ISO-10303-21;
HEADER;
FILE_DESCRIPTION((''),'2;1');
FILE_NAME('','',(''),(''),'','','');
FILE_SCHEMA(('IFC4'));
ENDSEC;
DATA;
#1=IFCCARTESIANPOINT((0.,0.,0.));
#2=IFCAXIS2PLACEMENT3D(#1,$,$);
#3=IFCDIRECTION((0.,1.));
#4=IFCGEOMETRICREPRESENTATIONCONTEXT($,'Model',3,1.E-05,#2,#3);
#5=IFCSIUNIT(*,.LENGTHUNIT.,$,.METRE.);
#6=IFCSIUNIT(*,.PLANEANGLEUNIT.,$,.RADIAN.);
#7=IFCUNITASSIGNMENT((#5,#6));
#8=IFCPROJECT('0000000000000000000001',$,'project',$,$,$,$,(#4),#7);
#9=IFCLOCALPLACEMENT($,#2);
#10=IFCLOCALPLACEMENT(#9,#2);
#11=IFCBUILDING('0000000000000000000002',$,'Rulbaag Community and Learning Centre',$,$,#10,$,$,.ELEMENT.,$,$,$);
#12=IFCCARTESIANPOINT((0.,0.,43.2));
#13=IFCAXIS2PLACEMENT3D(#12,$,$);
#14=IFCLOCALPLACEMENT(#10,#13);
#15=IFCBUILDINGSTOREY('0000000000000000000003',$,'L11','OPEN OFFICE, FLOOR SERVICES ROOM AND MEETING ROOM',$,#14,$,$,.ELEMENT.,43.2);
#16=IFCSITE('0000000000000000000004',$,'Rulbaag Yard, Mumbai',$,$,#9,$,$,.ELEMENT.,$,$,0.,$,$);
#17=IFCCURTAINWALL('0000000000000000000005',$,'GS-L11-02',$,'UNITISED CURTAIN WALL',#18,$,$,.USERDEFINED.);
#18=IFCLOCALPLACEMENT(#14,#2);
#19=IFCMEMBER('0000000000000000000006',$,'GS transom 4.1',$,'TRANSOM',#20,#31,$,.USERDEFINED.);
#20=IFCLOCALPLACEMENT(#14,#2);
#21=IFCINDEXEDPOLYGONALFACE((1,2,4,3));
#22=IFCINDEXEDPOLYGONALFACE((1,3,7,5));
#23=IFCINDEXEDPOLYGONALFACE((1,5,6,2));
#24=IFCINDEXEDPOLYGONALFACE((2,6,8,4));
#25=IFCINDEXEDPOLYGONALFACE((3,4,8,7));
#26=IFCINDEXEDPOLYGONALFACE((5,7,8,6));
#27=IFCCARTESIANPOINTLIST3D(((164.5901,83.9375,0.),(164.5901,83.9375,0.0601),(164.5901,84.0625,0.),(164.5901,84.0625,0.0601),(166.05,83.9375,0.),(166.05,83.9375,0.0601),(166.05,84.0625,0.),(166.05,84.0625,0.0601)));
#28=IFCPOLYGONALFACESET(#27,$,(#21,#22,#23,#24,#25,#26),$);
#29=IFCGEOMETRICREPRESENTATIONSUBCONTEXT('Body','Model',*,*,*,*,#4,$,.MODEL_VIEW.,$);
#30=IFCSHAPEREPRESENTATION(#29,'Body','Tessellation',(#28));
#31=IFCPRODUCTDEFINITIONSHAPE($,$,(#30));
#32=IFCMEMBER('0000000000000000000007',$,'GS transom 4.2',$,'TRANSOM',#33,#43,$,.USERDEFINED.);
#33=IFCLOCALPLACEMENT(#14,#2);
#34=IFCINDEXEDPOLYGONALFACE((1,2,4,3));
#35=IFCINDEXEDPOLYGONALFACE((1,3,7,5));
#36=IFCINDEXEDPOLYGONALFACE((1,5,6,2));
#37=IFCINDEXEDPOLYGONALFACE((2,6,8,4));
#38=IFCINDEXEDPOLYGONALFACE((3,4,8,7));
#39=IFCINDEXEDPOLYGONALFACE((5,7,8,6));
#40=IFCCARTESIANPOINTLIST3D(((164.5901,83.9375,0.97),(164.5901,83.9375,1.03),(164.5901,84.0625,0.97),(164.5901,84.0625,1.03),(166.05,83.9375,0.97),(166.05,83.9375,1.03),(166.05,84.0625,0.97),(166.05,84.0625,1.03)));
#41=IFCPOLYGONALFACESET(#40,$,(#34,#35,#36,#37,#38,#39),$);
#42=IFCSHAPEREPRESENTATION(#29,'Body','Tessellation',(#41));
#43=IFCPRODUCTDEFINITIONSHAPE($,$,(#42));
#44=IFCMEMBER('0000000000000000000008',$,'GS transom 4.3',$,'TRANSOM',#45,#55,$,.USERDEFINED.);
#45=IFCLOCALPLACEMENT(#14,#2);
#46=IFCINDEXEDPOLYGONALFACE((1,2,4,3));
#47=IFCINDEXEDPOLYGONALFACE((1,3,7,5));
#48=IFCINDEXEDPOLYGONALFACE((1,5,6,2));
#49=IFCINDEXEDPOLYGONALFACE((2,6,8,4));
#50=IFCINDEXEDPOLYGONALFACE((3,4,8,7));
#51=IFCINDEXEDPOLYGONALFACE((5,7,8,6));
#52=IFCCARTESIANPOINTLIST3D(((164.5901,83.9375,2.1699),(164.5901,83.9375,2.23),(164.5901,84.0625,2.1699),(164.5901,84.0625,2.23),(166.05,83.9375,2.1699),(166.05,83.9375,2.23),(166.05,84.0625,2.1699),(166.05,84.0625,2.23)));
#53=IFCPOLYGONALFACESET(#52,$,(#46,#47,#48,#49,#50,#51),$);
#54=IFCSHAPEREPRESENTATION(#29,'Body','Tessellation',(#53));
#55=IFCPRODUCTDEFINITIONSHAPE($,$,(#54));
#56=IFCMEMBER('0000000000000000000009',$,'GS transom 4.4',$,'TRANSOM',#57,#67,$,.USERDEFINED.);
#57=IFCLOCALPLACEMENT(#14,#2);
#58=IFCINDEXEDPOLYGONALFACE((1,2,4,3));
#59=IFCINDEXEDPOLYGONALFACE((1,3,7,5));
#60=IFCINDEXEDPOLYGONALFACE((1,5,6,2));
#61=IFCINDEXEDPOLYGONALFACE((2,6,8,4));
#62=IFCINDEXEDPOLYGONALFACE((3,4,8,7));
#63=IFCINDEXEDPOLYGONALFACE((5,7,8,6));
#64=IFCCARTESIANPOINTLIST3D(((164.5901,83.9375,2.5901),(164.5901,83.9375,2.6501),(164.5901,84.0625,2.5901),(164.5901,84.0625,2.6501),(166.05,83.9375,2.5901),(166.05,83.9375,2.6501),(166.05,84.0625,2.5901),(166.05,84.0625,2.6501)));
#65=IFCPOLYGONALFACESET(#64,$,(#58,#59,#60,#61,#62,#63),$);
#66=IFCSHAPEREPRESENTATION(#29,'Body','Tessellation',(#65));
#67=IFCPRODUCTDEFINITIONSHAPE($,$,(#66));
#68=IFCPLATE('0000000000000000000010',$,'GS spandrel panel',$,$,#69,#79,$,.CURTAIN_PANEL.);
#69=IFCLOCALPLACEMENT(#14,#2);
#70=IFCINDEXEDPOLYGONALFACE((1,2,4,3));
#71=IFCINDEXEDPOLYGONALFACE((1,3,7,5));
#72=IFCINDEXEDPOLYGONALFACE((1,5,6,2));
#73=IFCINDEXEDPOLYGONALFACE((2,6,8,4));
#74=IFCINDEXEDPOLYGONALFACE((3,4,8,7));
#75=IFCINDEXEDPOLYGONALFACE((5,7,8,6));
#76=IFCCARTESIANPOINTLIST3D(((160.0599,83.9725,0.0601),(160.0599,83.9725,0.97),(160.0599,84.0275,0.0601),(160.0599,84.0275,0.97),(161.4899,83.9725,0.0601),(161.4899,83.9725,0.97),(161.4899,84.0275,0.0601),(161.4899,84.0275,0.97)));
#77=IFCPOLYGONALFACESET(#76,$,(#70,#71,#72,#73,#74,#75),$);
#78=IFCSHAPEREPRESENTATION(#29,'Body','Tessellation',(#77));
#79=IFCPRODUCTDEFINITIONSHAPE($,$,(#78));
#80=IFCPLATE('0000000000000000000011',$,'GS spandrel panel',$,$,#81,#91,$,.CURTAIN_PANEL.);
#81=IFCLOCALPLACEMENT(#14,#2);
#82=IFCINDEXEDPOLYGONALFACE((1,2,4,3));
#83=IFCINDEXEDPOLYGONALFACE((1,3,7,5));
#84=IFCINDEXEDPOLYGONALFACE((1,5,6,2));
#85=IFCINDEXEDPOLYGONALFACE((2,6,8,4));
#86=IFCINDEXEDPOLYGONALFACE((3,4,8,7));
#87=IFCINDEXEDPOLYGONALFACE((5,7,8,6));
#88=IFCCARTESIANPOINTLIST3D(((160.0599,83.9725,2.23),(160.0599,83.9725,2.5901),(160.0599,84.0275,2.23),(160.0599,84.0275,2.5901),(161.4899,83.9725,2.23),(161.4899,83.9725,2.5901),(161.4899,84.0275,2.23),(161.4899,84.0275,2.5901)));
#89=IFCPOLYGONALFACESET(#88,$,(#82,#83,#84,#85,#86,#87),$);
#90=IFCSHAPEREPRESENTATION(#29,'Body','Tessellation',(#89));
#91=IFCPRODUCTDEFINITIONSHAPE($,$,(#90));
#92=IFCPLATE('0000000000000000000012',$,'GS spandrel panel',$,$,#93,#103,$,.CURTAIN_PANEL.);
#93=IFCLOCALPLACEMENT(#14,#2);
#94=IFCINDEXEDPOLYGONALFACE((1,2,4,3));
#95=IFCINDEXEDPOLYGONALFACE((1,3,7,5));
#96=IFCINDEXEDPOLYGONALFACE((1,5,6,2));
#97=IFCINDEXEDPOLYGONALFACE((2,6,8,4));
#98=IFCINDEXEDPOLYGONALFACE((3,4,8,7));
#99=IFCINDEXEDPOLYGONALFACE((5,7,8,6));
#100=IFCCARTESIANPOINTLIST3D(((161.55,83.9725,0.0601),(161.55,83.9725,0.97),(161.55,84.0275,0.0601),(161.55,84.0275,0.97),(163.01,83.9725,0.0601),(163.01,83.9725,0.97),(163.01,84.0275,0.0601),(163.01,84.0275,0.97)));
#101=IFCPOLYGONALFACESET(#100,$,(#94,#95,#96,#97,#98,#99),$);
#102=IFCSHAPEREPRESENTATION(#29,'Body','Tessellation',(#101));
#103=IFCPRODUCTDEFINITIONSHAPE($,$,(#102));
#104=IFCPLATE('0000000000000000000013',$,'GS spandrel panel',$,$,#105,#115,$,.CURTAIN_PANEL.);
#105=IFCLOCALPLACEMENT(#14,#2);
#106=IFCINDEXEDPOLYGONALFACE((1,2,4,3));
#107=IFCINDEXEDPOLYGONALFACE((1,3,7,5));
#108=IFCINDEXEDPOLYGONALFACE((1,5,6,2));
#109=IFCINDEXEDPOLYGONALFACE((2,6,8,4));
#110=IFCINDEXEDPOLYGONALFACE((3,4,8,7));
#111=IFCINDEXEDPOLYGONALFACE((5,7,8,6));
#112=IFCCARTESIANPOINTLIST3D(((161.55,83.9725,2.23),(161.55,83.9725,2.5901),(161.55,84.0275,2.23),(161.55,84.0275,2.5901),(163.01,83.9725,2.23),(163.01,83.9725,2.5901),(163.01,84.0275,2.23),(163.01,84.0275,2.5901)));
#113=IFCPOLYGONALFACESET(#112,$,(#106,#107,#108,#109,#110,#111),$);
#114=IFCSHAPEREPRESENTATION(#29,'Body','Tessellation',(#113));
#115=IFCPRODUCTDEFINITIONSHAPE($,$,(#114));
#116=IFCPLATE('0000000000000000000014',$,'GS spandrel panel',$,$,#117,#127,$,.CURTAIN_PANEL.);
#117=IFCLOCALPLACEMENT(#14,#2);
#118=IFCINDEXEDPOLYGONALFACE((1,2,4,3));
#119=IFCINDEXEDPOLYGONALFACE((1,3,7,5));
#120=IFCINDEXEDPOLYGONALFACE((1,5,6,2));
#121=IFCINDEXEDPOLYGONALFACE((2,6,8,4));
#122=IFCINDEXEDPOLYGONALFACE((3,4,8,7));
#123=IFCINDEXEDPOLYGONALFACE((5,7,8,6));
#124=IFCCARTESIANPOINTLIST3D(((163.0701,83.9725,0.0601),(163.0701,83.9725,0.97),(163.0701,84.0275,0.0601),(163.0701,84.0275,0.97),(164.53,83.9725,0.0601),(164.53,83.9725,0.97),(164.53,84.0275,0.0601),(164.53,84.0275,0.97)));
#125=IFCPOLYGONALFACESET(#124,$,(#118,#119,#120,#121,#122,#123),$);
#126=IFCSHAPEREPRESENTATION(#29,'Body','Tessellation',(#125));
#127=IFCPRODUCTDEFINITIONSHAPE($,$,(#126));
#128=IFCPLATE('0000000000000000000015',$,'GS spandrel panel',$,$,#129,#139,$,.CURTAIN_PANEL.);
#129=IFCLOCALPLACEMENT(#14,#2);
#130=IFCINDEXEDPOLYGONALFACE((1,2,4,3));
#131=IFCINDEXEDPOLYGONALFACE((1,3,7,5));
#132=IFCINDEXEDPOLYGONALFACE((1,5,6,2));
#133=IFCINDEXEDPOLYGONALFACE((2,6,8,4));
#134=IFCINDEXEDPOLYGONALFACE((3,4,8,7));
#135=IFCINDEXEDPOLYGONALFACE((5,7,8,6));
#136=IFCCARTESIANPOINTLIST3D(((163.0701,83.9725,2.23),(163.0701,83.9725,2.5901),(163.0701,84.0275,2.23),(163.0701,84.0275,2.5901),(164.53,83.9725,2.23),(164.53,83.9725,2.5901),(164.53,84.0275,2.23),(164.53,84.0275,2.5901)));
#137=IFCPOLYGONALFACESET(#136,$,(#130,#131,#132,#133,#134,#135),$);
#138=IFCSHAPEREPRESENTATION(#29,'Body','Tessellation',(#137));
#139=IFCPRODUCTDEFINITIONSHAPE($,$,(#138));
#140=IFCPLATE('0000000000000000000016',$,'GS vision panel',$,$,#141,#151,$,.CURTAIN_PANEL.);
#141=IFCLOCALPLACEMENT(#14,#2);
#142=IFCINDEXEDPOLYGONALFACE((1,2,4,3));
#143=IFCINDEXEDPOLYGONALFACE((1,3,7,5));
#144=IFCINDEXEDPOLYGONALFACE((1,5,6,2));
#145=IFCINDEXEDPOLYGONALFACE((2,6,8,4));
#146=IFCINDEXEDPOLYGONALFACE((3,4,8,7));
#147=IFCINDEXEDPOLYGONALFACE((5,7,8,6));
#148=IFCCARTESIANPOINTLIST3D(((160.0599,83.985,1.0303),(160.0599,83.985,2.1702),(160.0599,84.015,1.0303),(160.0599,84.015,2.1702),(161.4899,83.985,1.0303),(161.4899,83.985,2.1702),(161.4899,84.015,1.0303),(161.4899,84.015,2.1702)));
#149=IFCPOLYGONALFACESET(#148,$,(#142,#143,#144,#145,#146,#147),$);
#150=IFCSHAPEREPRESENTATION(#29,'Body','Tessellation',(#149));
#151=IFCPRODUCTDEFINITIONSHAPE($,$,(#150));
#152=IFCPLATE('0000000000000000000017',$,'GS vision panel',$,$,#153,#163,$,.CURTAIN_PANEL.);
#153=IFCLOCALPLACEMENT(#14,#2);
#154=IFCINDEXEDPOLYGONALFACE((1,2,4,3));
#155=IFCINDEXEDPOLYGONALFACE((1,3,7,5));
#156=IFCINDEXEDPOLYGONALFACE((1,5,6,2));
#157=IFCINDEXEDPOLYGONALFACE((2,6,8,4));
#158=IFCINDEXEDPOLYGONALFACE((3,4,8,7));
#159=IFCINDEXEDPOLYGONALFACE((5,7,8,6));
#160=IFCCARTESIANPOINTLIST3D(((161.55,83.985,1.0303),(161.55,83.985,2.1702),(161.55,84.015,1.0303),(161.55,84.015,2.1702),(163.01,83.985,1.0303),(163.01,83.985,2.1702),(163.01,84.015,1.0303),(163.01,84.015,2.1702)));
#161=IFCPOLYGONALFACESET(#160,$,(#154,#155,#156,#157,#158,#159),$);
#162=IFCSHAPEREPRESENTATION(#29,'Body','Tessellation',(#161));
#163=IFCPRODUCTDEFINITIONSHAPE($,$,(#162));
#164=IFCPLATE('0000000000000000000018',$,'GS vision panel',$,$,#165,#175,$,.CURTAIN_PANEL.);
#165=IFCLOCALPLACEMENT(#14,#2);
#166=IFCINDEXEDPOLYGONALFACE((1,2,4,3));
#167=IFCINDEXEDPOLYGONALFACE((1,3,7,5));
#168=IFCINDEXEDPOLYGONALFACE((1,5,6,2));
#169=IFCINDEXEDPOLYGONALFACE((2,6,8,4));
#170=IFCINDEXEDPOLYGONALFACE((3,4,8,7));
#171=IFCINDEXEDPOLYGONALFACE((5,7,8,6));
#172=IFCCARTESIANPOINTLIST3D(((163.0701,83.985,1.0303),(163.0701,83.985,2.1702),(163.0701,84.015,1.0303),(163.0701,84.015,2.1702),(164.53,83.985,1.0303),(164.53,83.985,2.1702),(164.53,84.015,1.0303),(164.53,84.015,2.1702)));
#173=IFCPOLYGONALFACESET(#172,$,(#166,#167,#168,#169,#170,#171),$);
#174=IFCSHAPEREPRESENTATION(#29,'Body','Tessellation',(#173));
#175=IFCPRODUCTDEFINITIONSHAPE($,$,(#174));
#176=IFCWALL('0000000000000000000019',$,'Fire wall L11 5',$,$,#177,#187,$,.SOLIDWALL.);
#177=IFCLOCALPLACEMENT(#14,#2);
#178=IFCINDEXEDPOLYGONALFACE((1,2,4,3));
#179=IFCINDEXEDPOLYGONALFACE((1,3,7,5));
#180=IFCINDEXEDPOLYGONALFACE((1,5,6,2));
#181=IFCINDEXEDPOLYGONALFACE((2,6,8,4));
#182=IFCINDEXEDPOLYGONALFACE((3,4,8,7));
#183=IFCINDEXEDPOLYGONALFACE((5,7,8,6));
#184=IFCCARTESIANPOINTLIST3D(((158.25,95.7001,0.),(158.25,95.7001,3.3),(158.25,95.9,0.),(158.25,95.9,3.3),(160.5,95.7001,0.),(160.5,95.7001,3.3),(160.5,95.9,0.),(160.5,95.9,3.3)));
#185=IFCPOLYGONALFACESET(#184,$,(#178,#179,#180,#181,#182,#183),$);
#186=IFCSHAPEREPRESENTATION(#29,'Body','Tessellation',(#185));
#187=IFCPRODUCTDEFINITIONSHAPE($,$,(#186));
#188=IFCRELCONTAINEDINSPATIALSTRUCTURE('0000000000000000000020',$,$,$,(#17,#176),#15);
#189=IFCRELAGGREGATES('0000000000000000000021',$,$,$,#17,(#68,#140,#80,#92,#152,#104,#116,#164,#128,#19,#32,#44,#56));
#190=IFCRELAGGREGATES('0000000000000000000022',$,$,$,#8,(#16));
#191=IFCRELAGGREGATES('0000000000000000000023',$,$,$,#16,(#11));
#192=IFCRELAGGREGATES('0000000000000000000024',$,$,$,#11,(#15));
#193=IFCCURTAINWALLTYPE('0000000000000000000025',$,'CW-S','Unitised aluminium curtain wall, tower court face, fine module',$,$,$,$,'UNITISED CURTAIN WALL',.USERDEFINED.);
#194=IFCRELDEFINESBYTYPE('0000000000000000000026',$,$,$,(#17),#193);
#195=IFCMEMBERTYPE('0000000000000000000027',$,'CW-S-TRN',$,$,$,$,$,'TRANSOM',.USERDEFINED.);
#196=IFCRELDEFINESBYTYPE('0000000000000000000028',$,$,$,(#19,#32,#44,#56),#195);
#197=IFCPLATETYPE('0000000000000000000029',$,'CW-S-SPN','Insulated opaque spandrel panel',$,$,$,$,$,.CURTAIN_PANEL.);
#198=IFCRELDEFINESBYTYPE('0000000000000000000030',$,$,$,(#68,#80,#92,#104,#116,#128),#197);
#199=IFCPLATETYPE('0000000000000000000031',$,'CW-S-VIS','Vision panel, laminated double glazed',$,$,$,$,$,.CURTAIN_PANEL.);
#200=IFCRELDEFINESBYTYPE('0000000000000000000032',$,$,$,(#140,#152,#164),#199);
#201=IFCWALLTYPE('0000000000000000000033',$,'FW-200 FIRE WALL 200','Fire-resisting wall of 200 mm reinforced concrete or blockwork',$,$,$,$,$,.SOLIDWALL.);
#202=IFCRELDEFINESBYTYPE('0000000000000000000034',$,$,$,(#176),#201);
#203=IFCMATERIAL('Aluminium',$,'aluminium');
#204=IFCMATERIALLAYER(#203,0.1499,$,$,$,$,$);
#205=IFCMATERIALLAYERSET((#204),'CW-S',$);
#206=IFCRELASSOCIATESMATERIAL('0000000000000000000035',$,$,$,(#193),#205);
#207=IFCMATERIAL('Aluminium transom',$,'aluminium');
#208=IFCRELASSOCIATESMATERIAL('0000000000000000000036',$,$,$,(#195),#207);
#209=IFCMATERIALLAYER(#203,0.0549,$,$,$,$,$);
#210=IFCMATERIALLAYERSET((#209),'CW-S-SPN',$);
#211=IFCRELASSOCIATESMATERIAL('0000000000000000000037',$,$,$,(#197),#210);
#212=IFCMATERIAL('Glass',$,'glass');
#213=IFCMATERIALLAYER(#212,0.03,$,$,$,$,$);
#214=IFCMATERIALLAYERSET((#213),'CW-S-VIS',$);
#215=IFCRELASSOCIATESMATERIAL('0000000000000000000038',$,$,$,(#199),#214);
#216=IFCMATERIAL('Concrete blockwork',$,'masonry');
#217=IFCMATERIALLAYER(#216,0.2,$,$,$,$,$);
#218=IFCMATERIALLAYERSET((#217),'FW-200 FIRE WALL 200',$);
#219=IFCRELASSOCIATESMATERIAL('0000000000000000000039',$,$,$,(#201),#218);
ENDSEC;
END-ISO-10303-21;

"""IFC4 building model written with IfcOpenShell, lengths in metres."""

from ifc_helpers import new_model, si_unit, direction, frame, frame_2d, origin, origin_2d, place, context, subcontext, project, spatial, rectangle, extrude, material, layer, layer_set, material_profile, profile_set, type_object, element, aggregate, save


model = new_model("IFC4")

# Units and contexts
model_context = context("Model", 3, precision=1e-05, world=origin(), true_north=direction((0.0, 1.0)))
body_context = subcontext(model_context, "Body", "Model", "MODEL_VIEW")
ifc_project = project(units=[si_unit("LENGTHUNIT", "METRE"), si_unit("PLANEANGLEUNIT", "RADIAN")], contexts=[model_context])

# Site, building, storey
site_placement = place(None, origin())
site = spatial("IfcSite", under=ifc_project, at=site_placement, Name="Rulbaag Yard, Mumbai", CompositionType="ELEMENT", RefElevation=0.0)
building_placement = place(site_placement, origin())
building = spatial("IfcBuilding", under=site, at=building_placement, Name="Rulbaag Community and Learning Centre", CompositionType="ELEMENT")
storey_placement = place(building_placement, frame((0.0, 0.0, 43.2)))
storey = spatial("IfcBuildingStorey", under=building, at=storey_placement, Name="L11", Description="OPEN OFFICE, FLOOR SERVICES ROOM AND MEETING ROOM", CompositionType="ELEMENT", Elevation=43.2)

# Curtain wall, members, plates
ifc_material_1 = material(Name="Aluminium", Category="aluminium")
ifc_layer_1 = layer(ifc_material_1, 0.1499)
ifc_layer_set_1 = layer_set([ifc_layer_1], Name="CW-S")
curtain_wall_type = type_object("IfcCurtainWallType", Name="CW-S", Description="Unitised aluminium curtain wall, tower court face, fine module", ElementType="UNITISED CURTAIN WALL", PredefinedType="USERDEFINED", material=ifc_layer_set_1)
curtain_wall_placement = place(storey_placement, origin())
curtain_wall = element("IfcCurtainWall", 1, at=curtain_wall_placement, inside=storey, type_object=curtain_wall_type, Name="GS-L11-02", ObjectType="UNITISED CURTAIN WALL", PredefinedType="USERDEFINED")
ifc_material_2 = material(Name="Aluminium transom", Category="aluminium")
ifc_material_profile_1 = material_profile(ifc_material_2, rectangle(XDim=0.125, YDim=0.0601, at=origin_2d()), Name="AL 60x125 T")
ifc_profile_set_1 = profile_set([ifc_material_profile_1], Name="Aluminium transom")
member_type_1 = type_object("IfcMemberType", Name="CW-S-TRN", ElementType="TRANSOM", PredefinedType="USERDEFINED", material=ifc_profile_set_1)
member_1_placement = place(storey_placement, frame((164.5901, 84.0, 0.03), z_axis=(1.0, 0.0, 0.0), x_axis=(0.0, 1.0, 0.0)))
member_1 = element("IfcMember", 2, at=member_1_placement, type_object=member_type_1, Name="GS transom 4.1", ObjectType="TRANSOM", PredefinedType="USERDEFINED", context=body_context, shape_type="SweptSolid", body=[
    extrude(rectangle(XDim=0.125, YDim=0.0601, at=origin_2d()), origin(), (0.0, 0.0, 1.0), 1.46),
])
member_2_placement = place(storey_placement, frame((164.5901, 84.0, 1.0), z_axis=(1.0, 0.0, 0.0), x_axis=(0.0, 1.0, 0.0)))
member_2 = element("IfcMember", 3, at=member_2_placement, type_object=member_type_1, Name="GS transom 4.2", ObjectType="TRANSOM", PredefinedType="USERDEFINED", context=body_context, shape_type="SweptSolid", body=[
    extrude(rectangle(XDim=0.125, YDim=0.0601, at=origin_2d()), origin(), (0.0, 0.0, 1.0), 1.46),
])
member_3_placement = place(storey_placement, frame((164.5901, 84.0, 2.2), z_axis=(1.0, 0.0, 0.0), x_axis=(0.0, 1.0, 0.0)))
member_3 = element("IfcMember", 4, at=member_3_placement, type_object=member_type_1, Name="GS transom 4.3", ObjectType="TRANSOM", PredefinedType="USERDEFINED", context=body_context, shape_type="SweptSolid", body=[
    extrude(rectangle(XDim=0.125, YDim=0.0601, at=origin_2d()), origin(), (0.0, 0.0, 1.0), 1.46),
])
member_4_placement = place(storey_placement, frame((164.5901, 84.0, 2.6201), z_axis=(1.0, 0.0, 0.0), x_axis=(0.0, 1.0, 0.0)))
member_4 = element("IfcMember", 5, at=member_4_placement, type_object=member_type_1, Name="GS transom 4.4", ObjectType="TRANSOM", PredefinedType="USERDEFINED", context=body_context, shape_type="SweptSolid", body=[
    extrude(rectangle(XDim=0.125, YDim=0.0601, at=origin_2d()), origin(), (0.0, 0.0, 1.0), 1.46),
])
ifc_layer_2 = layer(ifc_material_1, 0.0549)
ifc_layer_set_2 = layer_set([ifc_layer_2], Name="CW-S-SPN")
plate_type_1 = type_object("IfcPlateType", Name="CW-S-SPN", Description="Insulated opaque spandrel panel", PredefinedType="CURTAIN_PANEL", material=ifc_layer_set_2)
plate_1_placement = place(storey_placement, frame((160.7749, 84.0, 0.0601), z_axis=(0.0, 0.0, 1.0), x_axis=(1.0, 0.0, 0.0)))
plate_1 = element("IfcPlate", 6, at=plate_1_placement, type_object=plate_type_1, Name="GS spandrel panel", PredefinedType="CURTAIN_PANEL", context=body_context, shape_type="SweptSolid", body=[
    extrude(rectangle(XDim=1.4299, YDim=0.0549, at=origin_2d()), origin(), (0.0, 0.0, 1.0), 0.9099),
])
plate_2_placement = place(storey_placement, frame((160.7749, 84.0, 2.23), z_axis=(0.0, 0.0, 1.0), x_axis=(1.0, 0.0, 0.0)))
plate_2 = element("IfcPlate", 7, at=plate_2_placement, type_object=plate_type_1, Name="GS spandrel panel", PredefinedType="CURTAIN_PANEL", context=body_context, shape_type="SweptSolid", body=[
    extrude(rectangle(XDim=1.4299, YDim=0.0549, at=origin_2d()), origin(), (0.0, 0.0, 1.0), 0.3601),
])
plate_3_placement = place(storey_placement, frame((162.28, 84.0, 0.0601), z_axis=(0.0, 0.0, 1.0), x_axis=(1.0, 0.0, 0.0)))
plate_3 = element("IfcPlate", 8, at=plate_3_placement, type_object=plate_type_1, Name="GS spandrel panel", PredefinedType="CURTAIN_PANEL", context=body_context, shape_type="SweptSolid", body=[
    extrude(rectangle(XDim=1.46, YDim=0.0549, at=origin_2d()), origin(), (0.0, 0.0, 1.0), 0.9099),
])
plate_4_placement = place(storey_placement, frame((162.28, 84.0, 2.23), z_axis=(0.0, 0.0, 1.0), x_axis=(1.0, 0.0, 0.0)))
plate_4 = element("IfcPlate", 9, at=plate_4_placement, type_object=plate_type_1, Name="GS spandrel panel", PredefinedType="CURTAIN_PANEL", context=body_context, shape_type="SweptSolid", body=[
    extrude(rectangle(XDim=1.46, YDim=0.0549, at=origin_2d()), origin(), (0.0, 0.0, 1.0), 0.3601),
])
plate_5_placement = place(storey_placement, frame((163.8, 84.0, 0.0601), z_axis=(0.0, 0.0, 1.0), x_axis=(1.0, 0.0, 0.0)))
plate_5 = element("IfcPlate", 10, at=plate_5_placement, type_object=plate_type_1, Name="GS spandrel panel", PredefinedType="CURTAIN_PANEL", context=body_context, shape_type="SweptSolid", body=[
    extrude(rectangle(XDim=1.46, YDim=0.0549, at=origin_2d()), origin(), (0.0, 0.0, 1.0), 0.9099),
])
plate_6_placement = place(storey_placement, frame((163.8, 84.0, 2.23), z_axis=(0.0, 0.0, 1.0), x_axis=(1.0, 0.0, 0.0)))
plate_6 = element("IfcPlate", 11, at=plate_6_placement, type_object=plate_type_1, Name="GS spandrel panel", PredefinedType="CURTAIN_PANEL", context=body_context, shape_type="SweptSolid", body=[
    extrude(rectangle(XDim=1.46, YDim=0.0549, at=origin_2d()), origin(), (0.0, 0.0, 1.0), 0.3601),
])
ifc_material_3 = material(Name="Glass", Category="glass")
ifc_layer_3 = layer(ifc_material_3, 0.03)
ifc_layer_set_3 = layer_set([ifc_layer_3], Name="CW-S-VIS")
plate_type_2 = type_object("IfcPlateType", Name="CW-S-VIS", Description="Vision panel, laminated double glazed", PredefinedType="CURTAIN_PANEL", material=ifc_layer_set_3)
plate_7_placement = place(storey_placement, frame((160.7749, 84.0, 1.0303), z_axis=(0.0, 0.0, 1.0), x_axis=(1.0, 0.0, 0.0)))
plate_7 = element("IfcPlate", 12, at=plate_7_placement, type_object=plate_type_2, Name="GS vision panel", PredefinedType="CURTAIN_PANEL", context=body_context, shape_type="SweptSolid", body=[
    extrude(rectangle(XDim=1.4299, YDim=0.03, at=origin_2d()), origin(), (0.0, 0.0, 1.0), 1.1399),
])
plate_8_placement = place(storey_placement, frame((162.28, 84.0, 1.0303), z_axis=(0.0, 0.0, 1.0), x_axis=(1.0, 0.0, 0.0)))
plate_8 = element("IfcPlate", 13, at=plate_8_placement, type_object=plate_type_2, Name="GS vision panel", PredefinedType="CURTAIN_PANEL", context=body_context, shape_type="SweptSolid", body=[
    extrude(rectangle(XDim=1.46, YDim=0.03, at=origin_2d()), origin(), (0.0, 0.0, 1.0), 1.1399),
])
plate_9_placement = place(storey_placement, frame((163.8, 84.0, 1.0303), z_axis=(0.0, 0.0, 1.0), x_axis=(1.0, 0.0, 0.0)))
plate_9 = element("IfcPlate", 14, at=plate_9_placement, type_object=plate_type_2, Name="GS vision panel", PredefinedType="CURTAIN_PANEL", context=body_context, shape_type="SweptSolid", body=[
    extrude(rectangle(XDim=1.46, YDim=0.03, at=origin_2d()), origin(), (0.0, 0.0, 1.0), 1.1399),
])
aggregate(curtain_wall, [plate_1, plate_7, plate_2, plate_3, plate_8, plate_4, plate_5, plate_9, plate_6, member_1, member_2, member_3, member_4])

# Wall
ifc_material_4 = material(Name="Concrete blockwork", Category="masonry")
ifc_layer_4 = layer(ifc_material_4, 0.2)
ifc_layer_set_4 = layer_set([ifc_layer_4], Name="FW-200 FIRE WALL 200")
wall_type_1 = type_object("IfcWallType", Name="FW-200 FIRE WALL 200", Description="Fire-resisting wall of 200 mm reinforced concrete or blockwork", PredefinedType="SOLIDWALL", material=ifc_layer_set_4)
wall_1_placement = place(storey_placement, frame((158.25, 95.8, 0.0), z_axis=(0.0, 0.0, 1.0), x_axis=(1.0, 0.0, 0.0)))
element("IfcWall", 15, at=wall_1_placement, inside=storey, type_object=wall_type_1, Name="Fire wall L11 5", PredefinedType="SOLIDWALL", context=body_context, shape_type="SweptSolid", body=[
    extrude(rectangle(XDim=2.25, YDim=0.2, at=frame_2d((1.125, 0.0))), origin(), (0.0, 0.0, 1.0), 3.3),
])

save(model, "model.ifc")
